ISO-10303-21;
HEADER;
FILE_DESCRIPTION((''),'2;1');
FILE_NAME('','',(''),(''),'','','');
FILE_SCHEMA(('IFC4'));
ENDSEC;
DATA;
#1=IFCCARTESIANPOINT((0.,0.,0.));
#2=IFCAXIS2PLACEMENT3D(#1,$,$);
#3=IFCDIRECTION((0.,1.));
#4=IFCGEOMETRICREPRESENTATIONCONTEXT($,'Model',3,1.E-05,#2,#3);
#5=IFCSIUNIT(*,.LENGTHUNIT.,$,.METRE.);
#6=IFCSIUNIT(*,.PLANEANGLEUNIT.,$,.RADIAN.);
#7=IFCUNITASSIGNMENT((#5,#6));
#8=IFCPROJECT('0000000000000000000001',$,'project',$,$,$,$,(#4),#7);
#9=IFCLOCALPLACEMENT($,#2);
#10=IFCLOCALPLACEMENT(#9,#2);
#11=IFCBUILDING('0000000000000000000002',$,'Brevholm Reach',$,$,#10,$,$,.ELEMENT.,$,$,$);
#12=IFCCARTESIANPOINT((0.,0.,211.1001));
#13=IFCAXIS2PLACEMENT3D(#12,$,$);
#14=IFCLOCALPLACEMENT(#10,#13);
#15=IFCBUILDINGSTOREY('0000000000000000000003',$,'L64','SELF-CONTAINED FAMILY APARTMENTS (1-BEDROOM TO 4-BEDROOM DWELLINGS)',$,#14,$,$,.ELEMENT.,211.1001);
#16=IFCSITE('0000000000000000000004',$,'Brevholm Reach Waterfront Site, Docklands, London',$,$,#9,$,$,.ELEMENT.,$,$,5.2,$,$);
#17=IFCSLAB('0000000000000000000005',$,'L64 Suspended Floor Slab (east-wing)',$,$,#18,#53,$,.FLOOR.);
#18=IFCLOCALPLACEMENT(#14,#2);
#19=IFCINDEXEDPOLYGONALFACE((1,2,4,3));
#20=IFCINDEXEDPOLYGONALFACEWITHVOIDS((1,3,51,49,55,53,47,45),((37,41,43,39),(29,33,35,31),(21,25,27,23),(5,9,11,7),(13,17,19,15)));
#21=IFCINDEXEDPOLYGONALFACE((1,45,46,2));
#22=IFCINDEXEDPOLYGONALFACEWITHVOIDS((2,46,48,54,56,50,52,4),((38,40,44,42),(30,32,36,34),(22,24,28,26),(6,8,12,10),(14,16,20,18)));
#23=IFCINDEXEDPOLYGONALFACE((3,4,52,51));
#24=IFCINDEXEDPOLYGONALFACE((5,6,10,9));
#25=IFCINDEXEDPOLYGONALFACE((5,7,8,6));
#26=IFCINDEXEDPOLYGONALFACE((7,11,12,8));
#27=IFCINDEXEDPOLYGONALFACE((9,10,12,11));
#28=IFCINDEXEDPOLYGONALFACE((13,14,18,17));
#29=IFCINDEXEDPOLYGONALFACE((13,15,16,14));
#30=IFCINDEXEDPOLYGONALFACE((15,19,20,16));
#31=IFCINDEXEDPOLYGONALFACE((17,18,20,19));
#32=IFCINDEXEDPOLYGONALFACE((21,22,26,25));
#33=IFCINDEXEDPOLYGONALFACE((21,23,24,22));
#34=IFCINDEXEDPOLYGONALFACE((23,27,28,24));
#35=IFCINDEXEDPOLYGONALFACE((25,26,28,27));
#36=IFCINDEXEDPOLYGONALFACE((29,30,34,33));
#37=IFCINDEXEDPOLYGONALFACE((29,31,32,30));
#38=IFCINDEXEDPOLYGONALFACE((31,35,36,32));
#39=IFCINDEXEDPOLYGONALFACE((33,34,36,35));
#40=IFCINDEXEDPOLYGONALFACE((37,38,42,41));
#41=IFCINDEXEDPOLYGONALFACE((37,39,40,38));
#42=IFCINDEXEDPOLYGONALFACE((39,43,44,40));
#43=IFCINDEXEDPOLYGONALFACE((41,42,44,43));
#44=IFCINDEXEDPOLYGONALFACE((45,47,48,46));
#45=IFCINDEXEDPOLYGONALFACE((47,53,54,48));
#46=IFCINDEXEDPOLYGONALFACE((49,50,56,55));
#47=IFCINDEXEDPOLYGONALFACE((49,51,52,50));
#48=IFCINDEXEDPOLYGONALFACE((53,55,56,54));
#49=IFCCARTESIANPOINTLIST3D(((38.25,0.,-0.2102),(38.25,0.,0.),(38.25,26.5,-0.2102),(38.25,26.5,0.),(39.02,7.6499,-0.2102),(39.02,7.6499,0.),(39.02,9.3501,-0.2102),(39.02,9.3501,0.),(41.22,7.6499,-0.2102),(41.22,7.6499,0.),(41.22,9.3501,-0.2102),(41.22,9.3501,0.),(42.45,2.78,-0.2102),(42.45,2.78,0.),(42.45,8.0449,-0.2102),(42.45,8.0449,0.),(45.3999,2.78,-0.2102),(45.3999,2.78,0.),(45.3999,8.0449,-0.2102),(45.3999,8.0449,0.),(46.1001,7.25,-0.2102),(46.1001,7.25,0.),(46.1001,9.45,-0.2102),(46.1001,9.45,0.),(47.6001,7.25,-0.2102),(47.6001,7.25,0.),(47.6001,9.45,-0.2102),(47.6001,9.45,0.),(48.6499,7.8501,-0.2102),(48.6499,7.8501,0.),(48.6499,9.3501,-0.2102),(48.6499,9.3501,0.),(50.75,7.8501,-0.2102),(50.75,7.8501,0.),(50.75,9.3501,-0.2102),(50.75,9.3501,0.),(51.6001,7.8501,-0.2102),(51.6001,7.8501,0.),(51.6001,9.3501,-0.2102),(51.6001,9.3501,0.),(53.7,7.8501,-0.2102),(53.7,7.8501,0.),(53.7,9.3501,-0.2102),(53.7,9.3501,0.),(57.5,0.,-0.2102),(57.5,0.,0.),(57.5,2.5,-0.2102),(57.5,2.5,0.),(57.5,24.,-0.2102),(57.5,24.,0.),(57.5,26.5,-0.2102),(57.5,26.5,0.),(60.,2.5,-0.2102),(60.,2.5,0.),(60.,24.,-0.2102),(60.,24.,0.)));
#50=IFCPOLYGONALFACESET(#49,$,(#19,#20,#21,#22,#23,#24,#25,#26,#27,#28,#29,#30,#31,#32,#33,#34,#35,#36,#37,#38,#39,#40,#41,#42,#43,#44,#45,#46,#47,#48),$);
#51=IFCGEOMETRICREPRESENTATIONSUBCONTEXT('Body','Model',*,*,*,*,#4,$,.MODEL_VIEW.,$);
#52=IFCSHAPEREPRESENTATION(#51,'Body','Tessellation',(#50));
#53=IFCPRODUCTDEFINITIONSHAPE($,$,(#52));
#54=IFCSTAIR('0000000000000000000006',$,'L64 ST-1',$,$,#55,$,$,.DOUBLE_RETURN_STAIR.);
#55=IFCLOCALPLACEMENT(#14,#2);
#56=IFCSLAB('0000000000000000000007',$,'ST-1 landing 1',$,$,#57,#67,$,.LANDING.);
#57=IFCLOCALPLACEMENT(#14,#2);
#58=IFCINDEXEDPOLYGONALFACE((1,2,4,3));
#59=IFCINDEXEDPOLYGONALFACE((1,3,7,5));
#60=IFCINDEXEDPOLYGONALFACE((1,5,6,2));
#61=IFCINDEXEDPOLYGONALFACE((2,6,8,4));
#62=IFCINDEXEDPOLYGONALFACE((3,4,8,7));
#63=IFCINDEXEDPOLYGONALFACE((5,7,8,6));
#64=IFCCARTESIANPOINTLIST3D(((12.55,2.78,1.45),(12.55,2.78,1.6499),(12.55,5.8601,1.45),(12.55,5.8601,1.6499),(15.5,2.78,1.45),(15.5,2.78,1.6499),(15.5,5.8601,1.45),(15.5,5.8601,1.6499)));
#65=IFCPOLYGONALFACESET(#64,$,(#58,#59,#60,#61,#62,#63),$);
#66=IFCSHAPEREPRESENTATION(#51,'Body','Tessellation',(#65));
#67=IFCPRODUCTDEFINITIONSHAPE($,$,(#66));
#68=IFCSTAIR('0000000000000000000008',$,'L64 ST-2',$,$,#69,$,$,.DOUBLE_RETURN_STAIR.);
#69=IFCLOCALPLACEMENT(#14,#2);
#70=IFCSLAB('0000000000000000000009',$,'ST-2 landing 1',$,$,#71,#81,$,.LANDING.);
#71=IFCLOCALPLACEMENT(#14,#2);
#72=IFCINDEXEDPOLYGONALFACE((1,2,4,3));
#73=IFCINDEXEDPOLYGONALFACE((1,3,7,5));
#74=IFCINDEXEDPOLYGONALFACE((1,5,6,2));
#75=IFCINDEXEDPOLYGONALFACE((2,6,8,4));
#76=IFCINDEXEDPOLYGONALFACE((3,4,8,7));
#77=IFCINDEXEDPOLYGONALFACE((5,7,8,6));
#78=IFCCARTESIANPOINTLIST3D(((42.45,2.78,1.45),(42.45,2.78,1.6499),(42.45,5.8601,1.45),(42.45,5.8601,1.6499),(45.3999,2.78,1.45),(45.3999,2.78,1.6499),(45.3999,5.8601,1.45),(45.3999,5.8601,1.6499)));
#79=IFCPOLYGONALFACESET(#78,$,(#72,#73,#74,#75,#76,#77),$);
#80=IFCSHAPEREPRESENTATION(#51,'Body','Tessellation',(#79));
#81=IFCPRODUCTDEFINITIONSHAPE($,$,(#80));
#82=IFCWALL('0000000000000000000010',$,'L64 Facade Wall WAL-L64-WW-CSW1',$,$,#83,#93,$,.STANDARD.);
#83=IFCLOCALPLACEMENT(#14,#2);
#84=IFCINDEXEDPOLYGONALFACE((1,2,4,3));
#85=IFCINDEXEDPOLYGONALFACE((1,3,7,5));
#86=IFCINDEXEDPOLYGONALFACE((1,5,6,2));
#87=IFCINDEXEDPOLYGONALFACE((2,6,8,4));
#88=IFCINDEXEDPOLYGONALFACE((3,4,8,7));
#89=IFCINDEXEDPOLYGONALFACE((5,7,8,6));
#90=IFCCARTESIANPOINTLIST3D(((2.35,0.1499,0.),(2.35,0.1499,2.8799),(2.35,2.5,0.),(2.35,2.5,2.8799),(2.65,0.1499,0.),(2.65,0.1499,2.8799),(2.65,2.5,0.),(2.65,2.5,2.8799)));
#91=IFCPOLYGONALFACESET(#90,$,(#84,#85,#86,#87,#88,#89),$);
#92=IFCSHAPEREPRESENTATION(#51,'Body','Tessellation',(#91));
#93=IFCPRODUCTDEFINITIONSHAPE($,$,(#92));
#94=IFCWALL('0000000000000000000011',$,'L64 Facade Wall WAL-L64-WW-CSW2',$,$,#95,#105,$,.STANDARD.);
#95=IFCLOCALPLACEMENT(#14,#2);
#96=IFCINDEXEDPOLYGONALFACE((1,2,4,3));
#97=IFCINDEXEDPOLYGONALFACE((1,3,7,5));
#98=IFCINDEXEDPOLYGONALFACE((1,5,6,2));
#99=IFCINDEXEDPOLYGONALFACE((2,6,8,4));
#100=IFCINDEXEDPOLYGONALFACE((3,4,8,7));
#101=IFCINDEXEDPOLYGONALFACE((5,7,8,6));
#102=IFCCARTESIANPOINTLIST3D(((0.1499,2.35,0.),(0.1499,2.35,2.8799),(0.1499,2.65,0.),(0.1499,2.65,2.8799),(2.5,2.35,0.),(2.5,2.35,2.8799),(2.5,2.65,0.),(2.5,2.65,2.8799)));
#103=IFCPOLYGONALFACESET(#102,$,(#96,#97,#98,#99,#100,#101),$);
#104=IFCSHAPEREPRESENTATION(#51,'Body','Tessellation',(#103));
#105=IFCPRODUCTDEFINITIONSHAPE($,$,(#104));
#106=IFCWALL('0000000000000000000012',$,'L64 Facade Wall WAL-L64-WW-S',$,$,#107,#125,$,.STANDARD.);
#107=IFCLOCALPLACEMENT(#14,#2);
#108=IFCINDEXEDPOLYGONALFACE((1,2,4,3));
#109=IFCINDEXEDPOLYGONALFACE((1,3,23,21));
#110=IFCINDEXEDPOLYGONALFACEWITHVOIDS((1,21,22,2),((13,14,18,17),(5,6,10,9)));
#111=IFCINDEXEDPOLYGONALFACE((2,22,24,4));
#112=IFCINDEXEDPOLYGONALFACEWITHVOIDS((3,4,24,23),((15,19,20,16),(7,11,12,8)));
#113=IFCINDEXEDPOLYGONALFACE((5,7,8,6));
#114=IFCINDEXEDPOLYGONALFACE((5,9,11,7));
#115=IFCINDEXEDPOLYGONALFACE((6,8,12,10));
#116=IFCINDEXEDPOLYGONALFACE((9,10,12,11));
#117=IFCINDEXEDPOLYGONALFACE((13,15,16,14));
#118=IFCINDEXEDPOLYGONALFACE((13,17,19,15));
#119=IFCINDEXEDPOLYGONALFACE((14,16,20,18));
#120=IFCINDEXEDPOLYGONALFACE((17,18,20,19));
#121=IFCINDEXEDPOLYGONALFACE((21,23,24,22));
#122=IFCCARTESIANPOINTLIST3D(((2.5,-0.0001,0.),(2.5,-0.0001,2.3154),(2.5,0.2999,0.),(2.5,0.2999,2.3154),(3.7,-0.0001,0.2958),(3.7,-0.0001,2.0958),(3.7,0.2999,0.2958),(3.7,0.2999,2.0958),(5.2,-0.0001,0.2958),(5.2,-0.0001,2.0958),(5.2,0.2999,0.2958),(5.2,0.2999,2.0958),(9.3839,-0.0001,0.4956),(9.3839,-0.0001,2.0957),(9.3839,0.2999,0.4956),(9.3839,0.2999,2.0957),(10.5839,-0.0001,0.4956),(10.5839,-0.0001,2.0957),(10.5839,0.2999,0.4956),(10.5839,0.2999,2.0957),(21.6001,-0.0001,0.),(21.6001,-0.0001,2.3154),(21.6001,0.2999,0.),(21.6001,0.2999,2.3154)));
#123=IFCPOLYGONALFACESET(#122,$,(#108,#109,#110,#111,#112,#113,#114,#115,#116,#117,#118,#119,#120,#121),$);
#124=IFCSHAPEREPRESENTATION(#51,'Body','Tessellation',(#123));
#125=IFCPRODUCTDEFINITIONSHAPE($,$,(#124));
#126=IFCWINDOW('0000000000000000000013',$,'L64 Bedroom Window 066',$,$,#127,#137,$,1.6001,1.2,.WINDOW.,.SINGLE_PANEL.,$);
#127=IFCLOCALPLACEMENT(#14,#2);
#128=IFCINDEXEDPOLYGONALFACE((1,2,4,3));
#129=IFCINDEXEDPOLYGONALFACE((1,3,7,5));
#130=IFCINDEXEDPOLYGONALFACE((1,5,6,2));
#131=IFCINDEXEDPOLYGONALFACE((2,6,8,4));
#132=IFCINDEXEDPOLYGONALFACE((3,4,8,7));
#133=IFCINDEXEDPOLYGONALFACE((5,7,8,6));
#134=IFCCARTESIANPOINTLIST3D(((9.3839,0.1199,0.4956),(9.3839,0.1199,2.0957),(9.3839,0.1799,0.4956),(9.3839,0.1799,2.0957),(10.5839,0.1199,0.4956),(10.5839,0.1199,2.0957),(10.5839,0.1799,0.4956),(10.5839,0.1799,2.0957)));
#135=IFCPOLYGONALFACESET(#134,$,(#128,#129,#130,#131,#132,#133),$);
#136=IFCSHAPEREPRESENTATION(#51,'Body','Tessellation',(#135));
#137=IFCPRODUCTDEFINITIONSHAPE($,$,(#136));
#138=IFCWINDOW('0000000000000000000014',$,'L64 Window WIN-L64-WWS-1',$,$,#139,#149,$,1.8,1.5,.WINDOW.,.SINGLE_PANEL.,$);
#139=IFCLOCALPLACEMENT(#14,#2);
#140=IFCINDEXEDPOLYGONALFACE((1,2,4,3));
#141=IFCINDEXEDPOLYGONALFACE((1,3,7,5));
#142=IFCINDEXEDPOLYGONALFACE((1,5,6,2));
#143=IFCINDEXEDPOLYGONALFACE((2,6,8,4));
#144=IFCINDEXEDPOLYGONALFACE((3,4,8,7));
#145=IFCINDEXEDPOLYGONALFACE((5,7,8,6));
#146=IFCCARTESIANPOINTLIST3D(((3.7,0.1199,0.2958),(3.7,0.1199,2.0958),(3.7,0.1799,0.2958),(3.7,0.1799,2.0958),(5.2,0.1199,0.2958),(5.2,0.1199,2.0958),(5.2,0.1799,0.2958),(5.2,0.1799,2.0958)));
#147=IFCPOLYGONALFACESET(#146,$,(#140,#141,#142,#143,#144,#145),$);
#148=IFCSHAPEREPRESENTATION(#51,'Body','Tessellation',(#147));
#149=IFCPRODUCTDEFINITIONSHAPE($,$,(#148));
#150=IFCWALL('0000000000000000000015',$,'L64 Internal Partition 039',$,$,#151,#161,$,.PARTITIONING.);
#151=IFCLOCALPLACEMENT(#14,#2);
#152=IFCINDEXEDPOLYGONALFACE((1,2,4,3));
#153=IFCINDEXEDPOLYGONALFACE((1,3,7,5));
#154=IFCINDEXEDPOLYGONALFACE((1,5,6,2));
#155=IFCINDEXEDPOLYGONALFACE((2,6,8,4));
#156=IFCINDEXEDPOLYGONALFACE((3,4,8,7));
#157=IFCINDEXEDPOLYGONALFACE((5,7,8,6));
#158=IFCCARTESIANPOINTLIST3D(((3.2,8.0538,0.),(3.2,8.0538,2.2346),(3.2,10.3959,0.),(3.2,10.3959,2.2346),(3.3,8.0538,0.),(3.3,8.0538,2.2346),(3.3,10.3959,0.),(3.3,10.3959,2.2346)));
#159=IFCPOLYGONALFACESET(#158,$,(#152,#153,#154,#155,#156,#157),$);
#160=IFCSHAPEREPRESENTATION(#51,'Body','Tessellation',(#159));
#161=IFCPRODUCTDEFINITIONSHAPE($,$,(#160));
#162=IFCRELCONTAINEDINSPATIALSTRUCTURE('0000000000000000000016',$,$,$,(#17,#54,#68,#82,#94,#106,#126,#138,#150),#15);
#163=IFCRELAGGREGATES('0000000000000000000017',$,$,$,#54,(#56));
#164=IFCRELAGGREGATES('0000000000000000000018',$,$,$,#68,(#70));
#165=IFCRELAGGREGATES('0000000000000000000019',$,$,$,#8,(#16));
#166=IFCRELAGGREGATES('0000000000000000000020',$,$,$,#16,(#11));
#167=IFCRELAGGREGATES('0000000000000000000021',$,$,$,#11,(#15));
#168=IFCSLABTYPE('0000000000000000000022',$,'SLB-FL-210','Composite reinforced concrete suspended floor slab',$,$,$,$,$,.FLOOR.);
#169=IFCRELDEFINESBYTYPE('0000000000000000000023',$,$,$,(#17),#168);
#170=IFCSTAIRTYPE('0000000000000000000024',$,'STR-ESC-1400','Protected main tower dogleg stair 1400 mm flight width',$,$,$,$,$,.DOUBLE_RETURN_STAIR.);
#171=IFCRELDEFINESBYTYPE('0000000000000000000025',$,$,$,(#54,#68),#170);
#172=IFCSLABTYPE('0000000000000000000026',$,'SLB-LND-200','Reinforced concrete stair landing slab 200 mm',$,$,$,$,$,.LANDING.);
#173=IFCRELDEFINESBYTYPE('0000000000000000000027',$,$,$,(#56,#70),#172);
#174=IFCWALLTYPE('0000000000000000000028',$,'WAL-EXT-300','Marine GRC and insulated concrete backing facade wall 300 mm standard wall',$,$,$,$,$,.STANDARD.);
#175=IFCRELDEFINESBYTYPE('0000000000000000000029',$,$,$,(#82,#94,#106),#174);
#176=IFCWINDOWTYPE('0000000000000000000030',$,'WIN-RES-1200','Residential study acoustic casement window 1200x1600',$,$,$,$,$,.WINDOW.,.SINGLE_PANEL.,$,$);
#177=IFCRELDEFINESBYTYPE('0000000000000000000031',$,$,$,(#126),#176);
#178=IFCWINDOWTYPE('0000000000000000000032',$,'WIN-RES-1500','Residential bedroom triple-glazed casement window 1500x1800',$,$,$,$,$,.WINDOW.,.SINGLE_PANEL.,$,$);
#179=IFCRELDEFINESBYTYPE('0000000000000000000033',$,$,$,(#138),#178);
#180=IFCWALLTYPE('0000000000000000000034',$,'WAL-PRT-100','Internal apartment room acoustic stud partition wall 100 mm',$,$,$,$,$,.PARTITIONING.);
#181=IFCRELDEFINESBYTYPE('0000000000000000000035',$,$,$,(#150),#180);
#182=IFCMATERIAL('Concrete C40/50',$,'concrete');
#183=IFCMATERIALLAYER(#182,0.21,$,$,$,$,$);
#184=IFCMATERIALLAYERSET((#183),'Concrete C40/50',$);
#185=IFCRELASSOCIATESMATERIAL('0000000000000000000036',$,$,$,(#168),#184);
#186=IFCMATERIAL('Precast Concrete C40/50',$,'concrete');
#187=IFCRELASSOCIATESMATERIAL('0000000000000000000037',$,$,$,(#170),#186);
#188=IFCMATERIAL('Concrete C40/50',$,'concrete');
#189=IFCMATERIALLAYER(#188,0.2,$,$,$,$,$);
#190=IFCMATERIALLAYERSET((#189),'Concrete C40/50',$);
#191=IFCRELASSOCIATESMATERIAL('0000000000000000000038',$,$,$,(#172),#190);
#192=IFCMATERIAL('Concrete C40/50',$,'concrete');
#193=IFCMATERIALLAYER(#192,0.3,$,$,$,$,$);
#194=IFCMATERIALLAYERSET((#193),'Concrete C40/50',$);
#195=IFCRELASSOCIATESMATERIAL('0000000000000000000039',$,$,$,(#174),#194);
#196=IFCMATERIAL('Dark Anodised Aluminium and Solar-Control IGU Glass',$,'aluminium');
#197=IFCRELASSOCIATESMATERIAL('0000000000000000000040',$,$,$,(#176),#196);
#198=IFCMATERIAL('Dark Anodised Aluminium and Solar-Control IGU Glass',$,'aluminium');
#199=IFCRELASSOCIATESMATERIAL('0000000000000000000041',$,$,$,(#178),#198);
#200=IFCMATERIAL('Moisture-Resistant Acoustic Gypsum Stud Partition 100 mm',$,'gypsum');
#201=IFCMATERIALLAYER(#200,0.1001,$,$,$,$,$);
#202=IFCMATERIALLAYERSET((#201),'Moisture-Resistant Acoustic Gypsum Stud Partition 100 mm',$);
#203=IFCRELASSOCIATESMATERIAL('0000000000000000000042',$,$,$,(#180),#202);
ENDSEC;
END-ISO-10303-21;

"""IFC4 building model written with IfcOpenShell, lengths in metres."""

from ifc_helpers import new_model, si_unit, direction, frame, frame_2d, origin, place, context, subcontext, project, spatial, polyline, rectangle, outline, extrude, material, layer, layer_set, type_object, element, fill, aggregate, save


model = new_model("IFC4")

# Units and contexts
model_context = context("Model", 3, precision=1e-05, world=origin(), true_north=direction((0.0, 1.0)))
body_context = subcontext(model_context, "Body", "Model", "MODEL_VIEW")
ifc_project = project(units=[si_unit("LENGTHUNIT", "METRE"), si_unit("PLANEANGLEUNIT", "RADIAN")], contexts=[model_context])

# Site, building, storey
site_placement = place(None, origin())
site = spatial("IfcSite", under=ifc_project, at=site_placement, Name="Brevholm Reach Waterfront Site, Docklands, London", CompositionType="ELEMENT", RefElevation=5.2)
building_placement = place(site_placement, origin())
building = spatial("IfcBuilding", under=site, at=building_placement, Name="Brevholm Reach", CompositionType="ELEMENT")
storey_placement = place(building_placement, frame((0.0, 0.0, 211.1001)))
storey = spatial("IfcBuildingStorey", under=building, at=storey_placement, Name="L64", Description="SELF-CONTAINED FAMILY APARTMENTS (1-BEDROOM TO 4-BEDROOM DWELLINGS)", CompositionType="ELEMENT", Elevation=211.1001)

# Slab
ifc_material_1 = material(Name="Concrete C40/50", Category="concrete")
ifc_layer_1 = layer(ifc_material_1, 0.21)
ifc_layer_set_1 = layer_set([ifc_layer_1], Name="Concrete C40/50")
slab_type_1 = type_object("IfcSlabType", Name="SLB-FL-210", Description="Composite reinforced concrete suspended floor slab", PredefinedType="FLOOR", material=ifc_layer_set_1)
slab_1_placement = place(storey_placement, frame((0.0, 0.0, -0.2102)))
element("IfcSlab", 1, at=slab_1_placement, inside=storey, type_object=slab_type_1, Name="L64 Suspended Floor Slab (east-wing)", PredefinedType="FLOOR", context=body_context, shape_type="SweptSolid", body=[
    extrude(outline(polyline([(38.25, 0.0), (57.5, 0.0), (57.5, 2.5), (60.0, 2.5), (60.0, 24.0), (57.5, 24.0), (57.5, 26.5), (38.25, 26.5), (38.25, 0.0)]), holes=[polyline([(42.45, 2.78), (45.3999, 2.78), (45.3999, 8.0449), (42.45, 8.0449), (42.45, 2.78)]), polyline([(46.1001, 7.25), (47.6001, 7.25), (47.6001, 9.45), (46.1001, 9.45), (46.1001, 7.25)]), polyline([(39.02, 7.6499), (41.22, 7.6499), (41.22, 9.3501), (39.02, 9.3501), (39.02, 7.6499)]), polyline([(48.6499, 7.8501), (50.75, 7.8501), (50.75, 9.3501), (48.6499, 9.3501), (48.6499, 7.8501)]), polyline([(51.6001, 7.8501), (53.7, 7.8501), (53.7, 9.3501), (51.6001, 9.3501), (51.6001, 7.8501)])]), origin(), (0.0, 0.0, 1.0), 0.2102),
])

# Stairs, slabs
ifc_material_2 = material(Name="Precast Concrete C40/50", Category="concrete")
stair_type = type_object("IfcStairType", Name="STR-ESC-1400", Description="Protected main tower dogleg stair 1400 mm flight width", PredefinedType="DOUBLE_RETURN_STAIR", material=ifc_material_2)
stair_1_placement = place(storey_placement, origin())
stair_1 = element("IfcStair", 2, at=stair_1_placement, inside=storey, type_object=stair_type, Name="L64 ST-1", PredefinedType="DOUBLE_RETURN_STAIR")
ifc_material_3 = material(Name="Concrete C40/50", Category="concrete")
ifc_layer_2 = layer(ifc_material_3, 0.2)
ifc_layer_set_2 = layer_set([ifc_layer_2], Name="Concrete C40/50")
slab_type_2 = type_object("IfcSlabType", Name="SLB-LND-200", Description="Reinforced concrete stair landing slab 200 mm", PredefinedType="LANDING", material=ifc_layer_set_2)
slab_2_placement = place(storey_placement, frame((0.0, 0.0, 1.45)))
slab_2 = element("IfcSlab", 3, at=slab_2_placement, type_object=slab_type_2, Name="ST-1 landing 1", PredefinedType="LANDING", context=body_context, shape_type="SweptSolid", body=[
    extrude(outline(polyline([(12.55, 5.8601), (12.55, 2.78), (15.5, 2.78), (15.5, 5.8601), (12.55, 5.8601)])), origin(), (0.0, 0.0, 1.0), 0.2),
])
aggregate(stair_1, [slab_2])
stair_2_placement = place(storey_placement, origin())
stair_2 = element("IfcStair", 4, at=stair_2_placement, inside=storey, type_object=stair_type, Name="L64 ST-2", PredefinedType="DOUBLE_RETURN_STAIR")
slab_3_placement = place(storey_placement, frame((0.0, 0.0, 1.45)))
slab_3 = element("IfcSlab", 5, at=slab_3_placement, type_object=slab_type_2, Name="ST-2 landing 1", PredefinedType="LANDING", context=body_context, shape_type="SweptSolid", body=[
    extrude(outline(polyline([(42.45, 5.8601), (42.45, 2.78), (45.3999, 2.78), (45.3999, 5.8601), (42.45, 5.8601)])), origin(), (0.0, 0.0, 1.0), 0.2),
])
aggregate(stair_2, [slab_3])

# Walls
ifc_material_4 = material(Name="Concrete C40/50", Category="concrete")
ifc_layer_3 = layer(ifc_material_4, 0.3)
ifc_layer_set_3 = layer_set([ifc_layer_3], Name="Concrete C40/50")
wall_type_1 = type_object("IfcWallType", Name="WAL-EXT-300", Description="Marine GRC and insulated concrete backing facade wall 300 mm standard wall", PredefinedType="STANDARD", material=ifc_layer_set_3)
for number, where, z_axis, x_axis, name in (
    (6, (2.5, 2.5, 0.0), (0.0, 0.0, 1.0), (0.0, -1.0, 0.0), "L64 Facade Wall WAL-L64-WW-CSW1"),
    (7, (0.1499, 2.5, 0.0), (0.0, 0.0, 1.0), (1.0, 0.0, 0.0), "L64 Facade Wall WAL-L64-WW-CSW2"),
):
    element("IfcWall", number, at=place(storey_placement, frame(where, z_axis=z_axis, x_axis=x_axis)), inside=storey, type_object=wall_type_1, Name=name, PredefinedType="STANDARD", context=body_context, shape_type="SweptSolid", body=[
        extrude(rectangle(XDim=2.3501, YDim=0.3, at=frame_2d((1.175, 0.0))), origin(), (0.0, 0.0, 1.0), 2.8799),
    ])

# Wall, openings, windows
wall_1_placement = place(storey_placement, frame((2.5, 0.1499, 0.0), z_axis=(0.0, 0.0, 1.0), x_axis=(1.0, 0.0, 0.0)))
wall_1 = element("IfcWall", 8, at=wall_1_placement, inside=storey, type_object=wall_type_1, Name="L64 Facade Wall WAL-L64-WW-S", PredefinedType="STANDARD", context=body_context, shape_type="SweptSolid", body=[
    extrude(rectangle(XDim=19.1001, YDim=0.3, at=frame_2d((9.55, 0.0))), origin(), (0.0, 0.0, 1.0), 2.3154),
])
opening_1_placement = place(wall_1_placement, frame((1.2, 0.0, 0.2959)))
opening_1 = element("IfcOpeningElement", 9, at=opening_1_placement, cuts=wall_1, PredefinedType="OPENING", context=body_context, shape_type="SweptSolid", body=[
    extrude(rectangle(XDim=1.5, YDim=1.8, at=frame_2d((0.75, 0.8999))), frame((0.0, 0.1599, 0.0), z_axis=(0.0, -1.0, 0.0), x_axis=(1.0, 0.0, 0.0)), (0.0, 0.0, 1.0), 0.3201),
])
opening_2_placement = place(wall_1_placement, frame((6.8838, 0.0, 0.4956)))
opening_2 = element("IfcOpeningElement", 10, at=opening_2_placement, cuts=wall_1, PredefinedType="OPENING", context=body_context, shape_type="SweptSolid", body=[
    extrude(rectangle(XDim=1.2, YDim=1.6001, at=frame_2d((0.6001, 0.8))), frame((0.0, 0.1599, 0.0), z_axis=(0.0, -1.0, 0.0), x_axis=(1.0, 0.0, 0.0)), (0.0, 0.0, 1.0), 0.3201),
])
ifc_material_5 = material(Name="Dark Anodised Aluminium and Solar-Control IGU Glass", Category="aluminium")
window_type_1 = type_object("IfcWindowType", Name="WIN-RES-1200", Description="Residential study acoustic casement window 1200x1600", PartitioningType="SINGLE_PANEL", PredefinedType="WINDOW", material=ifc_material_5)
window_1_placement = place(opening_2_placement, origin())
window_1 = element("IfcWindow", 11, at=window_1_placement, inside=storey, type_object=window_type_1, Name="L64 Bedroom Window 066", OverallHeight=1.6001, OverallWidth=1.2, PartitioningType="SINGLE_PANEL", PredefinedType="WINDOW", context=body_context, shape_type="SweptSolid", body=[
    extrude(rectangle(XDim=1.2, YDim=1.6001, at=frame_2d((0.6001, 0.8))), frame((0.0, 0.03, 0.0), z_axis=(0.0, -1.0, 0.0), x_axis=(1.0, 0.0, 0.0)), (0.0, 0.0, 1.0), 0.0601),
])
fill(opening_2, window_1)
ifc_material_6 = material(Name="Dark Anodised Aluminium and Solar-Control IGU Glass", Category="aluminium")
window_type_2 = type_object("IfcWindowType", Name="WIN-RES-1500", Description="Residential bedroom triple-glazed casement window 1500x1800", PartitioningType="SINGLE_PANEL", PredefinedType="WINDOW", material=ifc_material_6)
window_2_placement = place(opening_1_placement, origin())
window_2 = element("IfcWindow", 12, at=window_2_placement, inside=storey, type_object=window_type_2, Name="L64 Window WIN-L64-WWS-1", OverallHeight=1.8, OverallWidth=1.5, PartitioningType="SINGLE_PANEL", PredefinedType="WINDOW", context=body_context, shape_type="SweptSolid", body=[
    extrude(rectangle(XDim=1.5, YDim=1.8, at=frame_2d((0.75, 0.8999))), frame((0.0, 0.03, 0.0), z_axis=(0.0, -1.0, 0.0), x_axis=(1.0, 0.0, 0.0)), (0.0, 0.0, 1.0), 0.0601),
])
fill(opening_1, window_2)

# Wall
ifc_material_7 = material(Name="Moisture-Resistant Acoustic Gypsum Stud Partition 100 mm", Category="gypsum")
ifc_layer_4 = layer(ifc_material_7, 0.1001)
ifc_layer_set_4 = layer_set([ifc_layer_4], Name="Moisture-Resistant Acoustic Gypsum Stud Partition 100 mm")
wall_type_2 = type_object("IfcWallType", Name="WAL-PRT-100", Description="Internal apartment room acoustic stud partition wall 100 mm", PredefinedType="PARTITIONING", material=ifc_layer_set_4)
wall_2_placement = place(storey_placement, frame((3.25, 8.054, 0.0), z_axis=(0.0, 0.0, 1.0), x_axis=(0.0, 1.0, 0.0)))
element("IfcWall", 13, at=wall_2_placement, inside=storey, type_object=wall_type_2, Name="L64 Internal Partition 039", PredefinedType="PARTITIONING", context=body_context, shape_type="SweptSolid", body=[
    extrude(rectangle(XDim=2.342, YDim=0.1001, at=frame_2d((1.1709, 0.0))), origin(), (0.0, 0.0, 1.0), 2.2346),
])

save(model, "model.ifc")
